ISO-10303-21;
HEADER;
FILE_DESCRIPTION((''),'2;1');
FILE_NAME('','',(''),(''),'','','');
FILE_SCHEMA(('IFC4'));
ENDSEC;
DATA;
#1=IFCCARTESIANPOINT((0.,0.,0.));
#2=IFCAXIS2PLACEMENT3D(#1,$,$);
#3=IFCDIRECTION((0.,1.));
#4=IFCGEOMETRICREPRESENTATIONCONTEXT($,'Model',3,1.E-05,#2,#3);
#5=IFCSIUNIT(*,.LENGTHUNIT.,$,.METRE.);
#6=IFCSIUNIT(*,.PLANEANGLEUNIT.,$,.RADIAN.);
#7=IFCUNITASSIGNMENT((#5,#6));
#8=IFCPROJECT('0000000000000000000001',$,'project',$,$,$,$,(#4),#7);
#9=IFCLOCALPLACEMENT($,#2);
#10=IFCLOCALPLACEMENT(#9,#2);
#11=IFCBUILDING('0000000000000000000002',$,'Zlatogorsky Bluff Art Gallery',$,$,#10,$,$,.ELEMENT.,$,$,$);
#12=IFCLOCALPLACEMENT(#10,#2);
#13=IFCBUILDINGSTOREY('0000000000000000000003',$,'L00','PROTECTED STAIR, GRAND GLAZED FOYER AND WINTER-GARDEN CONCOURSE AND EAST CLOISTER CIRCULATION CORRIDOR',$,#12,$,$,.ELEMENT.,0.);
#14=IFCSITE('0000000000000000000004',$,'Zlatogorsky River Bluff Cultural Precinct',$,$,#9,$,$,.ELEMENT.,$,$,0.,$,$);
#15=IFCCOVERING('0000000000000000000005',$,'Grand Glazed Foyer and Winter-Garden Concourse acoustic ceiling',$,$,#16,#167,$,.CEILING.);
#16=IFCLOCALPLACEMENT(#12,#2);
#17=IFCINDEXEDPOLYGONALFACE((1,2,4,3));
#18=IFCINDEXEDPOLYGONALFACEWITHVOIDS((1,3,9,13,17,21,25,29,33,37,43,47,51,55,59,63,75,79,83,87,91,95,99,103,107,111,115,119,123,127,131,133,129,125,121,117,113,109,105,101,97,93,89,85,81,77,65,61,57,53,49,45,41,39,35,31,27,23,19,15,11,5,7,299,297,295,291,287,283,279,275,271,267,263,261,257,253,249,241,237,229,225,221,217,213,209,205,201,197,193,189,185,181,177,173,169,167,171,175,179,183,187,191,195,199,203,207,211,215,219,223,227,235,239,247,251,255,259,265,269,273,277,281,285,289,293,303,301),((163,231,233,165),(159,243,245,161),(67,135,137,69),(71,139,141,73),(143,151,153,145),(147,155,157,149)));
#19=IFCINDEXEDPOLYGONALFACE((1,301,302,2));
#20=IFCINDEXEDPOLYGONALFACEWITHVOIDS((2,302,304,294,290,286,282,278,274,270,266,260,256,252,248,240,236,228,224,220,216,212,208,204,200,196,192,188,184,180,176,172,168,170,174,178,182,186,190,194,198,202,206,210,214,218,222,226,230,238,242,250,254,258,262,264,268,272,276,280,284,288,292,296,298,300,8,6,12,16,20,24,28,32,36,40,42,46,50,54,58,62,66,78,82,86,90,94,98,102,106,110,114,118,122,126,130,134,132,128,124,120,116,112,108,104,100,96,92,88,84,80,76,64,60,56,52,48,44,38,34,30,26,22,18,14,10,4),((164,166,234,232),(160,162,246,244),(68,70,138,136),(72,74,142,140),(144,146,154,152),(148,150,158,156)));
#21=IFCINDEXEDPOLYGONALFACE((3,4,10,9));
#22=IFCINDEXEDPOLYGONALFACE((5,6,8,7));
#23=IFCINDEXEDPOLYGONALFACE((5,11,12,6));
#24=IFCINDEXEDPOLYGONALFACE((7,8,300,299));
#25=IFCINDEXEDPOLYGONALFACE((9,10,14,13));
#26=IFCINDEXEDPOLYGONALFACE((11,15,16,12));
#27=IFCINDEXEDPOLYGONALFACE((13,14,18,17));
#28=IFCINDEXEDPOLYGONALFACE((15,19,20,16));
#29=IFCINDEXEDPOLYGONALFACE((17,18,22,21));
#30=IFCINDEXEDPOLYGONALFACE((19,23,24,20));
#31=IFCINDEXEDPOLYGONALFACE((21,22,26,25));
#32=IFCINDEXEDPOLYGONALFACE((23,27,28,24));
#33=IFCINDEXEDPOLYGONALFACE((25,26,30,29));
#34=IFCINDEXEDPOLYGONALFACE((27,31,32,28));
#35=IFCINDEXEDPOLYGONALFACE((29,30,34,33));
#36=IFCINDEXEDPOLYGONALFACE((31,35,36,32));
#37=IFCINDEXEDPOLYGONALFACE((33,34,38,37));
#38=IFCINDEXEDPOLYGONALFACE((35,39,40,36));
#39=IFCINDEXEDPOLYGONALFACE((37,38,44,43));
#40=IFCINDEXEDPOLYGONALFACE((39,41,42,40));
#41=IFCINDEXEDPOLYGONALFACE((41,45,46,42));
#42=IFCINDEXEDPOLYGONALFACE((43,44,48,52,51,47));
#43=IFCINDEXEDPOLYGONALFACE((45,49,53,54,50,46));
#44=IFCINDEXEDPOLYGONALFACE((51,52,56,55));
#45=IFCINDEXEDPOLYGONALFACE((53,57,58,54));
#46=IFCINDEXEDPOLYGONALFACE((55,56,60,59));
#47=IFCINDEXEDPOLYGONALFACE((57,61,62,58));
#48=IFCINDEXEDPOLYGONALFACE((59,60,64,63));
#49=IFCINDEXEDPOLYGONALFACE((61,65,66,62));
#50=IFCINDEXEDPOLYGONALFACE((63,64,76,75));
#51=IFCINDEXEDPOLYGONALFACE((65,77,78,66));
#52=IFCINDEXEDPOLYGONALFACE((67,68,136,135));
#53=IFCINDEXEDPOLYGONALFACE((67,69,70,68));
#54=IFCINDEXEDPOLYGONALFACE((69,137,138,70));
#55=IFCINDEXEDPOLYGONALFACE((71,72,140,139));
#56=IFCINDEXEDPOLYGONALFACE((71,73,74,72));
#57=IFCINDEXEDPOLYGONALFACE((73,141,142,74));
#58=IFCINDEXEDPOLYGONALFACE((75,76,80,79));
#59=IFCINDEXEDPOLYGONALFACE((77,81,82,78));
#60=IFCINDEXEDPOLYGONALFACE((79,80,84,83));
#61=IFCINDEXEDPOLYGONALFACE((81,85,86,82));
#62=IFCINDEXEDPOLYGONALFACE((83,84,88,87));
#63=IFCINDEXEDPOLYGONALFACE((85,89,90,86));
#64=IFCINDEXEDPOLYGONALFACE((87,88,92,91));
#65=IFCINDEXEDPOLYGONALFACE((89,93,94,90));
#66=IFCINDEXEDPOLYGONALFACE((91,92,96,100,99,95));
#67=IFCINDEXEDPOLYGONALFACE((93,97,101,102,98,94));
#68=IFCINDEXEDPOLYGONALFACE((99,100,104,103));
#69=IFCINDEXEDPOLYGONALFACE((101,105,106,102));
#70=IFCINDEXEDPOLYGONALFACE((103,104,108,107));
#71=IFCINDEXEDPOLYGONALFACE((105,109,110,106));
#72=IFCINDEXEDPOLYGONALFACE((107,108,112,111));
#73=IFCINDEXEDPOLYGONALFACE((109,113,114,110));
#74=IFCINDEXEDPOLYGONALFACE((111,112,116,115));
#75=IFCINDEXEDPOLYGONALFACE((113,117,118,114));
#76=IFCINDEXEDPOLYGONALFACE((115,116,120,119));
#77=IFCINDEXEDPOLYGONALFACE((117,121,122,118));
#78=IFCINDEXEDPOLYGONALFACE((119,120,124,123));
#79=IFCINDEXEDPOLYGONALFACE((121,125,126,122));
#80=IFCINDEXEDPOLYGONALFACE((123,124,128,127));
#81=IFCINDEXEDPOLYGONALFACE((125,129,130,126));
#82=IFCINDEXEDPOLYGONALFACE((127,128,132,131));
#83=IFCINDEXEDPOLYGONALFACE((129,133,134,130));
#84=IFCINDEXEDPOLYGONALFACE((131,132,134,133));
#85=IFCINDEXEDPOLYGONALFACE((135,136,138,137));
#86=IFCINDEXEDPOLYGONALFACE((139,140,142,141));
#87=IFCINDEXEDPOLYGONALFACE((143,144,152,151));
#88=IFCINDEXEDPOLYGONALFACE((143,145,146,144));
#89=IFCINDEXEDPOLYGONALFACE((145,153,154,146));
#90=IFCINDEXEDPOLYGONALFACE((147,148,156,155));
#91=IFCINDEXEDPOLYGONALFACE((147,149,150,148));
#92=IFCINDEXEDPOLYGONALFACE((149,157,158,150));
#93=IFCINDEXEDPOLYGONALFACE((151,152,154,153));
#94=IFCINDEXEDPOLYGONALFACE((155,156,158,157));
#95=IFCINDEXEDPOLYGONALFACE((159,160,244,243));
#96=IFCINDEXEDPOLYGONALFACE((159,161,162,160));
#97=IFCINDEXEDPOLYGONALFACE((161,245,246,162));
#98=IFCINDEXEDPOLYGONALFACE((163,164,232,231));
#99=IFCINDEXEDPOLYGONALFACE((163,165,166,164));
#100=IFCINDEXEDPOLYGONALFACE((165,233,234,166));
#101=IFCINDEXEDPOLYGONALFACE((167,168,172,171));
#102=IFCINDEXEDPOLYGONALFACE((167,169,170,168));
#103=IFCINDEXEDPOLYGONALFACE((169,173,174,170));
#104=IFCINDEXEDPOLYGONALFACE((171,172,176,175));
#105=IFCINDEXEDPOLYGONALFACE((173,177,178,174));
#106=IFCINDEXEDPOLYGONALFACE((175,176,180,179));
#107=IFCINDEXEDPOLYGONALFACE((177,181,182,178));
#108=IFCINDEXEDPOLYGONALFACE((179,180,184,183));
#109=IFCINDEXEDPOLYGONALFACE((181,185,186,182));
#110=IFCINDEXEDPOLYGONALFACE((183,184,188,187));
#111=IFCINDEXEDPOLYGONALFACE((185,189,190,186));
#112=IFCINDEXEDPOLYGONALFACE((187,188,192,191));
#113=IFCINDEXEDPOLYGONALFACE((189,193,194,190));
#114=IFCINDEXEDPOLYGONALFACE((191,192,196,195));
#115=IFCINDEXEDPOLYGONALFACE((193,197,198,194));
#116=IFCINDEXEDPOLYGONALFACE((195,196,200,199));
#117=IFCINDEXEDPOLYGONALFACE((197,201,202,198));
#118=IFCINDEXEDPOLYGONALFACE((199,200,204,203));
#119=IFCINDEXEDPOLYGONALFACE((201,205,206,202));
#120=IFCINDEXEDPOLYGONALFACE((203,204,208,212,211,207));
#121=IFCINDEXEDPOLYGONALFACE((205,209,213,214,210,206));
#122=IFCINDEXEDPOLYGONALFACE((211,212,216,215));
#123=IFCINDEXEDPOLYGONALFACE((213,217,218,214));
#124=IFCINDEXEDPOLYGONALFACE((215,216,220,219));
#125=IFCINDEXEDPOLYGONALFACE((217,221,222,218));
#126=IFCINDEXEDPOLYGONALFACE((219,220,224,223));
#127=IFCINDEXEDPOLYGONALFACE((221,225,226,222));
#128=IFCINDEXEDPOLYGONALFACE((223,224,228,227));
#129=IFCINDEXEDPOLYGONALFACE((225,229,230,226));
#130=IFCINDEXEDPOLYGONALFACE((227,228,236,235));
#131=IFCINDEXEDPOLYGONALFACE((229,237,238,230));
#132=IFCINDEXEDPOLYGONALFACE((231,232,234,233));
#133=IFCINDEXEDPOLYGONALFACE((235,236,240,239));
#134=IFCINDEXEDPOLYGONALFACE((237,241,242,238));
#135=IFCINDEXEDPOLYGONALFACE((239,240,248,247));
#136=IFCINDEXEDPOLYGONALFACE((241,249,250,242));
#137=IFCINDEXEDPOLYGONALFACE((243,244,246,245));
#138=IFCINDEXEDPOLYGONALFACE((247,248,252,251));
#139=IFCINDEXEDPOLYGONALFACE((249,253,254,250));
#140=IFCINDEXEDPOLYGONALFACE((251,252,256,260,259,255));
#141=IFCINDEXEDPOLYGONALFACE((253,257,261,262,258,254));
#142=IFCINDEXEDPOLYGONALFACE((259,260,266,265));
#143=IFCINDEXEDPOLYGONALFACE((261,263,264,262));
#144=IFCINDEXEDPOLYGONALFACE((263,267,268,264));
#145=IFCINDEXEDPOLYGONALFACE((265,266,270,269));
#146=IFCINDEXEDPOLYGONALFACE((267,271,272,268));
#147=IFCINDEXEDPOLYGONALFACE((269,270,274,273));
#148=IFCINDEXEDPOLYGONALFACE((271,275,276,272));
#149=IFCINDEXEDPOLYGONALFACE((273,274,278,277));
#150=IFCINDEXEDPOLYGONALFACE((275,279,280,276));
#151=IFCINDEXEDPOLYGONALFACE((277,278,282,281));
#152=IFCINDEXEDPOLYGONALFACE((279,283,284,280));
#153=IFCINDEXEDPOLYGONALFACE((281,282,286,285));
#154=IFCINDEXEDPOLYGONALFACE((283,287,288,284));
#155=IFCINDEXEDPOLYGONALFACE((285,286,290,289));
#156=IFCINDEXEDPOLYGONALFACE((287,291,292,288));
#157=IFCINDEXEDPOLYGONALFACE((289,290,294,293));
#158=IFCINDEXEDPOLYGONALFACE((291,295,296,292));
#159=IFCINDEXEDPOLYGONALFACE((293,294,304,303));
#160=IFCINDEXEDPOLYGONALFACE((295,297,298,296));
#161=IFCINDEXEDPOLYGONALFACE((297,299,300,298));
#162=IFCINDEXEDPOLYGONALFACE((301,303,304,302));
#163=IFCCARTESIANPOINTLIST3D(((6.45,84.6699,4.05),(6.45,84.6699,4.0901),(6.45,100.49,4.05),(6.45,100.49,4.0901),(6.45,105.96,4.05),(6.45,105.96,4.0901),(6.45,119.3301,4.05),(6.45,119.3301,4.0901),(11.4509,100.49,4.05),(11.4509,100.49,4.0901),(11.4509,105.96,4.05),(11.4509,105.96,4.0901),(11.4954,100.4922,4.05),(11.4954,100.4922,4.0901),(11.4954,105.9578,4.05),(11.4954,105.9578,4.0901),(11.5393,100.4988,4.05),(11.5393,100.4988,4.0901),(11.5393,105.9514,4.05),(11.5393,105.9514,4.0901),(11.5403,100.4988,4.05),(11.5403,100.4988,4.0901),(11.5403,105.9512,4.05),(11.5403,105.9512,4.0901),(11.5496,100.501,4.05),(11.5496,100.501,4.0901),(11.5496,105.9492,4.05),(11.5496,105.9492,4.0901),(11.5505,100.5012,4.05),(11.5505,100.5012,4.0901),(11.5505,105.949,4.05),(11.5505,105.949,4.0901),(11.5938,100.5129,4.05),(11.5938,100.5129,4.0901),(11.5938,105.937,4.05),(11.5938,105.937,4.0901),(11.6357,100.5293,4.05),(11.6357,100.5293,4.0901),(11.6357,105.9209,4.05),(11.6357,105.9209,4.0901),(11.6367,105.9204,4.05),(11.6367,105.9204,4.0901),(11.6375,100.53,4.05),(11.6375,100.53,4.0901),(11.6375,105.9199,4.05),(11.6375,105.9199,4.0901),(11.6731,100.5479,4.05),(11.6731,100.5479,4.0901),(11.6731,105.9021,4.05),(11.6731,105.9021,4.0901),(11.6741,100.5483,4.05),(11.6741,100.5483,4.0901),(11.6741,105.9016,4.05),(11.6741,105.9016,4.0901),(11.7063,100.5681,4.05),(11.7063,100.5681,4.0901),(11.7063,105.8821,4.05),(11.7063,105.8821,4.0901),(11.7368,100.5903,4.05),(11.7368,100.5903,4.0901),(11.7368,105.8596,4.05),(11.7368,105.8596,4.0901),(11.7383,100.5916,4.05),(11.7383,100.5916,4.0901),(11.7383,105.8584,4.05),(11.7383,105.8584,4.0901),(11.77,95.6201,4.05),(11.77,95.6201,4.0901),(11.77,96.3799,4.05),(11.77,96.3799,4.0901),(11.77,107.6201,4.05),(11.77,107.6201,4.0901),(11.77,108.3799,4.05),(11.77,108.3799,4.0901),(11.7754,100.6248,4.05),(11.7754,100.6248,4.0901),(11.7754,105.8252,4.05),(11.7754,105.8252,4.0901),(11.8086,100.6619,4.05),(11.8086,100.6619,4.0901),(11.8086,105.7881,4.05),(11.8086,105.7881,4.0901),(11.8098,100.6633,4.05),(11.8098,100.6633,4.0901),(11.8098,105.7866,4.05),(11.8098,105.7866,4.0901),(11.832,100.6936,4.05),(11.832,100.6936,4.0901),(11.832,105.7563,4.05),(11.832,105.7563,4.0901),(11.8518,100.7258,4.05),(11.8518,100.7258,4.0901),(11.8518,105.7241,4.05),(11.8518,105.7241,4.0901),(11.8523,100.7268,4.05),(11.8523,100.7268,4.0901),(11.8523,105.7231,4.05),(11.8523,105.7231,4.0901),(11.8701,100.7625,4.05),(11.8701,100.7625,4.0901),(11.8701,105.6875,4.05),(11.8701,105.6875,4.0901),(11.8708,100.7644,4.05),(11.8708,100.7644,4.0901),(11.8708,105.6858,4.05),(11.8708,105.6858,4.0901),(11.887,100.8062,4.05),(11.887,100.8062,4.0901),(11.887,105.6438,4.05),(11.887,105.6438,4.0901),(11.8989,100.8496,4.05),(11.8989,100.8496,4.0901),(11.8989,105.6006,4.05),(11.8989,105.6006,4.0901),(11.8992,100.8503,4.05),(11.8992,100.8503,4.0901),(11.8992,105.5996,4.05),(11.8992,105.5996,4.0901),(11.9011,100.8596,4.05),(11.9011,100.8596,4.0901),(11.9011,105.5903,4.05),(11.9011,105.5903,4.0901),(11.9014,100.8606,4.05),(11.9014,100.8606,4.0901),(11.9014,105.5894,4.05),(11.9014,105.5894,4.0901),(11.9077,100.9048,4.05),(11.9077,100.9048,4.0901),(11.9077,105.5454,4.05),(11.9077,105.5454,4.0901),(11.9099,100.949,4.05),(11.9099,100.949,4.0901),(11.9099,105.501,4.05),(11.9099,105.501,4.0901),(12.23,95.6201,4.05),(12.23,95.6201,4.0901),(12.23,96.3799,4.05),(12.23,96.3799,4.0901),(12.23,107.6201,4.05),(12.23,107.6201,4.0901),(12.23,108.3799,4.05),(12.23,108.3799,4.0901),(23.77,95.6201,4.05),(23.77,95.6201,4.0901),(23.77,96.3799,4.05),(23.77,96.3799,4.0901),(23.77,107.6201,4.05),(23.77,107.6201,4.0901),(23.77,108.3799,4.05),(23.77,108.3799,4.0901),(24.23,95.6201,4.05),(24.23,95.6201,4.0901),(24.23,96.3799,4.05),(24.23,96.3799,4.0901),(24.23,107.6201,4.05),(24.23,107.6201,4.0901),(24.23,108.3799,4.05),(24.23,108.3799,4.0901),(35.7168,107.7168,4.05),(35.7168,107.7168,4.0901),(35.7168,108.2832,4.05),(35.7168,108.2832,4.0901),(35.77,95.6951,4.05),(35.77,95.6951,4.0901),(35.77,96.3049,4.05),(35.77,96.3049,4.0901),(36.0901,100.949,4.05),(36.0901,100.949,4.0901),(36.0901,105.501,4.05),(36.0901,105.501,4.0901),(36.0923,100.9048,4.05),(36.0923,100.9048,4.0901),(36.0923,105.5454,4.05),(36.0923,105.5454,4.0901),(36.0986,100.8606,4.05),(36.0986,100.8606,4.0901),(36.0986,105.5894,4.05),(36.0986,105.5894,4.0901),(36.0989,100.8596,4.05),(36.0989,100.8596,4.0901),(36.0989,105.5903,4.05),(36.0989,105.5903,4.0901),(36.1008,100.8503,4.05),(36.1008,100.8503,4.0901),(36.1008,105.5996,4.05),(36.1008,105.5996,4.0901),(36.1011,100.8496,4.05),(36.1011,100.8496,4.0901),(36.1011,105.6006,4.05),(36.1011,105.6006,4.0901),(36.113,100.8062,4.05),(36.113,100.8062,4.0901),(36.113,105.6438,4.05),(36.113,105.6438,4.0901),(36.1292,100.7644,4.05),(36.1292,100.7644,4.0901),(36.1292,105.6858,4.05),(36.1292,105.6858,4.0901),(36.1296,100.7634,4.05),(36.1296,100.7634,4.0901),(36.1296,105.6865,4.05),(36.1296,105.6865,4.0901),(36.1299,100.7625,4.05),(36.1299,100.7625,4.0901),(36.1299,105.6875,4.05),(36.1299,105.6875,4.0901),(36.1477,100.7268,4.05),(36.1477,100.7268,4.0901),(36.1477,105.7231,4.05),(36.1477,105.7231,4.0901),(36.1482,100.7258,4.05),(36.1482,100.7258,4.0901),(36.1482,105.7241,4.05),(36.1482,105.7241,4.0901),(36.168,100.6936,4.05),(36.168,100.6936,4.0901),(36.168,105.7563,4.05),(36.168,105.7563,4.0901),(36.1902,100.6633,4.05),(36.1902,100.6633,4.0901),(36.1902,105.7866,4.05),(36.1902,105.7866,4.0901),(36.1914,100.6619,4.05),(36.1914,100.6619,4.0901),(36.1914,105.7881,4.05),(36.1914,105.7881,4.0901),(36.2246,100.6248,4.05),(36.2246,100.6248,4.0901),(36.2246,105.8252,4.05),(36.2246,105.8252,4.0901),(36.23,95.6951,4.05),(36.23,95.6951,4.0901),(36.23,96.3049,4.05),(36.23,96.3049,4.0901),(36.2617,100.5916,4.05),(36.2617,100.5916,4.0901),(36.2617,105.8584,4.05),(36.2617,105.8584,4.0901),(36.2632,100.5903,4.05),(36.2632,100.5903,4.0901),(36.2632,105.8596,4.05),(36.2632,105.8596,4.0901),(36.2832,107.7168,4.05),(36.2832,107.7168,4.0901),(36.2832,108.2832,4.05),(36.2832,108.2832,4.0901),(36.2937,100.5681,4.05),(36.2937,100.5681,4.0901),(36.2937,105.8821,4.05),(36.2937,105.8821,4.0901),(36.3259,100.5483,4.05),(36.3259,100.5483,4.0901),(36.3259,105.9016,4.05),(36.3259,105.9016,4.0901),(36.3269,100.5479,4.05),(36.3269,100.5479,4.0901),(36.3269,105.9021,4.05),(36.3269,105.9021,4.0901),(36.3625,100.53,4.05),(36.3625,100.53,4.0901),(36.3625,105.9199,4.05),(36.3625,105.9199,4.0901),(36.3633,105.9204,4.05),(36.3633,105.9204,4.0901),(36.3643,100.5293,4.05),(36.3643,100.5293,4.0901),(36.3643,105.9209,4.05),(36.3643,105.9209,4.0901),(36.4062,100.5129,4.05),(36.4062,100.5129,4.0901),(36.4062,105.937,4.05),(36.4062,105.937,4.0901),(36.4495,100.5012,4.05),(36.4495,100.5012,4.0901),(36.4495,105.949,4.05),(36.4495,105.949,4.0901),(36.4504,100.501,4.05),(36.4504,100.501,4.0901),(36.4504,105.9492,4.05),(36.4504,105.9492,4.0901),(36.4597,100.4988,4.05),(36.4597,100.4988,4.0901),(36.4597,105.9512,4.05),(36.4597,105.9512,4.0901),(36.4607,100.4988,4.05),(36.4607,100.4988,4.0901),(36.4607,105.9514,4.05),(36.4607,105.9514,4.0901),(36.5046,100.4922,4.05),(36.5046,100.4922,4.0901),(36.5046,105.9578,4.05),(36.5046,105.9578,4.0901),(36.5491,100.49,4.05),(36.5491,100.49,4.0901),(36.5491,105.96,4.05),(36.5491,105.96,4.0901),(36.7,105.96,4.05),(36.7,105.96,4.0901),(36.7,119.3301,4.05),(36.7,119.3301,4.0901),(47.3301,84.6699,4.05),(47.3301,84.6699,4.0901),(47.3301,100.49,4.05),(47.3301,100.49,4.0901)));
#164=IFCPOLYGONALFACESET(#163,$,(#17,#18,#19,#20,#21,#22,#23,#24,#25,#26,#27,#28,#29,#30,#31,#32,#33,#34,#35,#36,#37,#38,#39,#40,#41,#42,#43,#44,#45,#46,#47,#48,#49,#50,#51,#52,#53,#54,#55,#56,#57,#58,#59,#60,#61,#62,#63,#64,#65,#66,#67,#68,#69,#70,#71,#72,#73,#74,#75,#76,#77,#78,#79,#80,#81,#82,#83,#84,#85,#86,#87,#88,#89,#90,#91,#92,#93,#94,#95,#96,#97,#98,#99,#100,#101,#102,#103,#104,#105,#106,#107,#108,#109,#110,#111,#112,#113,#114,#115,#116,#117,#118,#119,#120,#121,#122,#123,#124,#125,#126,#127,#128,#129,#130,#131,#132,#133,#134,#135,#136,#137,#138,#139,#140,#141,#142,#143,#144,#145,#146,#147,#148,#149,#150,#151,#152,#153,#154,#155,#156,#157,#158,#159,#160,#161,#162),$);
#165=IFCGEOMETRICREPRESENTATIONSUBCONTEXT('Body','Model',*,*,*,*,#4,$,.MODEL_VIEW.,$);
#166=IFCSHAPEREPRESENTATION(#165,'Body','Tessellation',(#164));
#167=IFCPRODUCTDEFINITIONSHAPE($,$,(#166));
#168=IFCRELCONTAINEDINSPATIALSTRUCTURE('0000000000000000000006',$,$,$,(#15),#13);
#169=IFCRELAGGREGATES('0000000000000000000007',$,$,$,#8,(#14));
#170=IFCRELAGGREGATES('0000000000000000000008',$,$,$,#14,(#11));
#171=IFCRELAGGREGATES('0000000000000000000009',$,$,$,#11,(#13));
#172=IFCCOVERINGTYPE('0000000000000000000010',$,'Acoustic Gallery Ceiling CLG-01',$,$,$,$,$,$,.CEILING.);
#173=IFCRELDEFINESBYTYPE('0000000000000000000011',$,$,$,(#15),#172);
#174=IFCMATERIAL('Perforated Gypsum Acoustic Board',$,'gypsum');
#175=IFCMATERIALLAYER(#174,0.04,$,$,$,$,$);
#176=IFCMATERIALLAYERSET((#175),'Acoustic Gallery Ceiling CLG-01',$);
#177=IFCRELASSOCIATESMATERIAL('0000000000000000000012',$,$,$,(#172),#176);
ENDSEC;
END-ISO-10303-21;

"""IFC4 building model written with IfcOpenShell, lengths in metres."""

from ifc_helpers import new_model, si_unit, direction, frame, origin, place, context, subcontext, project, spatial, polyline, outline, extrude, material, layer, layer_set, type_object, element, save


model = new_model("IFC4")

# Units and contexts
model_context = context("Model", 3, precision=1e-05, world=origin(), true_north=direction((0.0, 1.0)))
body_context = subcontext(model_context, "Body", "Model", "MODEL_VIEW")
ifc_project = project(units=[si_unit("LENGTHUNIT", "METRE"), si_unit("PLANEANGLEUNIT", "RADIAN")], contexts=[model_context])

# Site, building, storey
site_placement = place(None, origin())
site = spatial("IfcSite", under=ifc_project, at=site_placement, Name="Zlatogorsky River Bluff Cultural Precinct", CompositionType="ELEMENT", RefElevation=0.0)
building_placement = place(site_placement, origin())
building = spatial("IfcBuilding", under=site, at=building_placement, Name="Zlatogorsky Bluff Art Gallery", CompositionType="ELEMENT")
storey_placement = place(building_placement, origin())
storey = spatial("IfcBuildingStorey", under=building, at=storey_placement, Name="L00", Description="PROTECTED STAIR, GRAND GLAZED FOYER AND WINTER-GARDEN CONCOURSE AND EAST CLOISTER CIRCULATION CORRIDOR", CompositionType="ELEMENT", Elevation=0.0)

# Covering
ifc_material_1 = material(Name="Perforated Gypsum Acoustic Board", Category="gypsum")
ifc_layer_1 = layer(ifc_material_1, 0.04)
ifc_layer_set_1 = layer_set([ifc_layer_1], Name="Acoustic Gallery Ceiling CLG-01")
covering_type_1 = type_object("IfcCoveringType", Name="Acoustic Gallery Ceiling CLG-01", PredefinedType="CEILING", material=ifc_layer_set_1)
covering_1_placement = place(storey_placement, frame((0.0, 0.0, 4.05)))
element("IfcCovering", 1, at=covering_1_placement, inside=storey, type_object=covering_type_1, Name="Grand Glazed Foyer and Winter-Garden Concourse acoustic ceiling", PredefinedType="CEILING", context=body_context, shape_type="SweptSolid", body=[
    extrude(outline(polyline([(36.7, 105.96), (36.5491, 105.96), (36.5046, 105.9578), (36.4607, 105.9514), (36.4597, 105.9512), (36.4504, 105.9492), (36.4495, 105.949), (36.4062, 105.937), (36.3643, 105.9209), (36.3633, 105.9204), (36.3625, 105.9199), (36.3269, 105.9021), (36.3259, 105.9016), (36.2937, 105.8821), (36.2632, 105.8596), (36.2617, 105.8584), (36.2246, 105.8252), (36.1914, 105.7881), (36.1902, 105.7866), (36.168, 105.7563), (36.1482, 105.7241), (36.1477, 105.7231), (36.1299, 105.6875), (36.1296, 105.6865), (36.1292, 105.6858), (36.113, 105.6438), (36.1011, 105.6006), (36.1008, 105.5996), (36.0989, 105.5903), (36.0986, 105.5894), (36.0923, 105.5454), (36.0901, 105.501), (36.0901, 100.949), (36.0923, 100.9048), (36.0986, 100.8606), (36.0989, 100.8596), (36.1008, 100.8503), (36.1011, 100.8496), (36.113, 100.8062), (36.1292, 100.7644), (36.1296, 100.7634), (36.1299, 100.7625), (36.1477, 100.7268), (36.1482, 100.7258), (36.168, 100.6936), (36.1902, 100.6633), (36.1914, 100.6619), (36.2246, 100.6248), (36.2617, 100.5916), (36.2632, 100.5903), (36.2937, 100.5681), (36.3259, 100.5483), (36.3269, 100.5479), (36.3625, 100.53), (36.3643, 100.5293), (36.4062, 100.5129), (36.4495, 100.5012), (36.4504, 100.501), (36.4597, 100.4988), (36.4607, 100.4988), (36.5046, 100.4922), (36.5491, 100.49), (47.3301, 100.49), (47.3301, 84.6699), (6.45, 84.6699), (6.45, 100.49), (11.4509, 100.49), (11.4954, 100.4922), (11.5393, 100.4988), (11.5403, 100.4988), (11.5496, 100.501), (11.5505, 100.5012), (11.5938, 100.5129), (11.6357, 100.5293), (11.6375, 100.53), (11.6731, 100.5479), (11.6741, 100.5483), (11.7063, 100.5681), (11.7368, 100.5903), (11.7383, 100.5916), (11.7754, 100.6248), (11.8086, 100.6619), (11.8098, 100.6633), (11.832, 100.6936), (11.8518, 100.7258), (11.8523, 100.7268), (11.8701, 100.7625), (11.8708, 100.7644), (11.887, 100.8062), (11.8989, 100.8496), (11.8992, 100.8503), (11.9011, 100.8596), (11.9014, 100.8606), (11.9077, 100.9048), (11.9099, 100.949), (11.9099, 105.501), (11.9077, 105.5454), (11.9014, 105.5894), (11.9011, 105.5903), (11.8992, 105.5996), (11.8989, 105.6006), (11.887, 105.6438), (11.8708, 105.6858), (11.8701, 105.6875), (11.8523, 105.7231), (11.8518, 105.7241), (11.832, 105.7563), (11.8098, 105.7866), (11.8086, 105.7881), (11.7754, 105.8252), (11.7383, 105.8584), (11.7368, 105.8596), (11.7063, 105.8821), (11.6741, 105.9016), (11.6731, 105.9021), (11.6375, 105.9199), (11.6367, 105.9204), (11.6357, 105.9209), (11.5938, 105.937), (11.5505, 105.949), (11.5496, 105.9492), (11.5403, 105.9512), (11.5393, 105.9514), (11.4954, 105.9578), (11.4509, 105.96), (6.45, 105.96), (6.45, 119.3301), (36.7, 119.3301), (36.7, 105.96)]), holes=[polyline([(23.77, 96.3799), (23.77, 95.6201), (24.23, 95.6201), (24.23, 96.3799), (23.77, 96.3799)]), polyline([(11.77, 96.3799), (11.77, 95.6201), (12.23, 95.6201), (12.23, 96.3799), (11.77, 96.3799)]), polyline([(11.77, 108.3799), (11.77, 107.6201), (12.23, 107.6201), (12.23, 108.3799), (11.77, 108.3799)]), polyline([(23.77, 107.6201), (24.23, 107.6201), (24.23, 108.3799), (23.77, 108.3799), (23.77, 107.6201)]), polyline([(35.77, 96.3049), (35.77, 95.6951), (36.23, 95.6951), (36.23, 96.3049), (35.77, 96.3049)]), polyline([(35.7168, 107.7168), (36.2832, 107.7168), (36.2832, 108.2832), (35.7168, 108.2832), (35.7168, 107.7168)])]), origin(), (0.0, 0.0, 1.0), 0.04),
])

save(model, "model.ifc")
